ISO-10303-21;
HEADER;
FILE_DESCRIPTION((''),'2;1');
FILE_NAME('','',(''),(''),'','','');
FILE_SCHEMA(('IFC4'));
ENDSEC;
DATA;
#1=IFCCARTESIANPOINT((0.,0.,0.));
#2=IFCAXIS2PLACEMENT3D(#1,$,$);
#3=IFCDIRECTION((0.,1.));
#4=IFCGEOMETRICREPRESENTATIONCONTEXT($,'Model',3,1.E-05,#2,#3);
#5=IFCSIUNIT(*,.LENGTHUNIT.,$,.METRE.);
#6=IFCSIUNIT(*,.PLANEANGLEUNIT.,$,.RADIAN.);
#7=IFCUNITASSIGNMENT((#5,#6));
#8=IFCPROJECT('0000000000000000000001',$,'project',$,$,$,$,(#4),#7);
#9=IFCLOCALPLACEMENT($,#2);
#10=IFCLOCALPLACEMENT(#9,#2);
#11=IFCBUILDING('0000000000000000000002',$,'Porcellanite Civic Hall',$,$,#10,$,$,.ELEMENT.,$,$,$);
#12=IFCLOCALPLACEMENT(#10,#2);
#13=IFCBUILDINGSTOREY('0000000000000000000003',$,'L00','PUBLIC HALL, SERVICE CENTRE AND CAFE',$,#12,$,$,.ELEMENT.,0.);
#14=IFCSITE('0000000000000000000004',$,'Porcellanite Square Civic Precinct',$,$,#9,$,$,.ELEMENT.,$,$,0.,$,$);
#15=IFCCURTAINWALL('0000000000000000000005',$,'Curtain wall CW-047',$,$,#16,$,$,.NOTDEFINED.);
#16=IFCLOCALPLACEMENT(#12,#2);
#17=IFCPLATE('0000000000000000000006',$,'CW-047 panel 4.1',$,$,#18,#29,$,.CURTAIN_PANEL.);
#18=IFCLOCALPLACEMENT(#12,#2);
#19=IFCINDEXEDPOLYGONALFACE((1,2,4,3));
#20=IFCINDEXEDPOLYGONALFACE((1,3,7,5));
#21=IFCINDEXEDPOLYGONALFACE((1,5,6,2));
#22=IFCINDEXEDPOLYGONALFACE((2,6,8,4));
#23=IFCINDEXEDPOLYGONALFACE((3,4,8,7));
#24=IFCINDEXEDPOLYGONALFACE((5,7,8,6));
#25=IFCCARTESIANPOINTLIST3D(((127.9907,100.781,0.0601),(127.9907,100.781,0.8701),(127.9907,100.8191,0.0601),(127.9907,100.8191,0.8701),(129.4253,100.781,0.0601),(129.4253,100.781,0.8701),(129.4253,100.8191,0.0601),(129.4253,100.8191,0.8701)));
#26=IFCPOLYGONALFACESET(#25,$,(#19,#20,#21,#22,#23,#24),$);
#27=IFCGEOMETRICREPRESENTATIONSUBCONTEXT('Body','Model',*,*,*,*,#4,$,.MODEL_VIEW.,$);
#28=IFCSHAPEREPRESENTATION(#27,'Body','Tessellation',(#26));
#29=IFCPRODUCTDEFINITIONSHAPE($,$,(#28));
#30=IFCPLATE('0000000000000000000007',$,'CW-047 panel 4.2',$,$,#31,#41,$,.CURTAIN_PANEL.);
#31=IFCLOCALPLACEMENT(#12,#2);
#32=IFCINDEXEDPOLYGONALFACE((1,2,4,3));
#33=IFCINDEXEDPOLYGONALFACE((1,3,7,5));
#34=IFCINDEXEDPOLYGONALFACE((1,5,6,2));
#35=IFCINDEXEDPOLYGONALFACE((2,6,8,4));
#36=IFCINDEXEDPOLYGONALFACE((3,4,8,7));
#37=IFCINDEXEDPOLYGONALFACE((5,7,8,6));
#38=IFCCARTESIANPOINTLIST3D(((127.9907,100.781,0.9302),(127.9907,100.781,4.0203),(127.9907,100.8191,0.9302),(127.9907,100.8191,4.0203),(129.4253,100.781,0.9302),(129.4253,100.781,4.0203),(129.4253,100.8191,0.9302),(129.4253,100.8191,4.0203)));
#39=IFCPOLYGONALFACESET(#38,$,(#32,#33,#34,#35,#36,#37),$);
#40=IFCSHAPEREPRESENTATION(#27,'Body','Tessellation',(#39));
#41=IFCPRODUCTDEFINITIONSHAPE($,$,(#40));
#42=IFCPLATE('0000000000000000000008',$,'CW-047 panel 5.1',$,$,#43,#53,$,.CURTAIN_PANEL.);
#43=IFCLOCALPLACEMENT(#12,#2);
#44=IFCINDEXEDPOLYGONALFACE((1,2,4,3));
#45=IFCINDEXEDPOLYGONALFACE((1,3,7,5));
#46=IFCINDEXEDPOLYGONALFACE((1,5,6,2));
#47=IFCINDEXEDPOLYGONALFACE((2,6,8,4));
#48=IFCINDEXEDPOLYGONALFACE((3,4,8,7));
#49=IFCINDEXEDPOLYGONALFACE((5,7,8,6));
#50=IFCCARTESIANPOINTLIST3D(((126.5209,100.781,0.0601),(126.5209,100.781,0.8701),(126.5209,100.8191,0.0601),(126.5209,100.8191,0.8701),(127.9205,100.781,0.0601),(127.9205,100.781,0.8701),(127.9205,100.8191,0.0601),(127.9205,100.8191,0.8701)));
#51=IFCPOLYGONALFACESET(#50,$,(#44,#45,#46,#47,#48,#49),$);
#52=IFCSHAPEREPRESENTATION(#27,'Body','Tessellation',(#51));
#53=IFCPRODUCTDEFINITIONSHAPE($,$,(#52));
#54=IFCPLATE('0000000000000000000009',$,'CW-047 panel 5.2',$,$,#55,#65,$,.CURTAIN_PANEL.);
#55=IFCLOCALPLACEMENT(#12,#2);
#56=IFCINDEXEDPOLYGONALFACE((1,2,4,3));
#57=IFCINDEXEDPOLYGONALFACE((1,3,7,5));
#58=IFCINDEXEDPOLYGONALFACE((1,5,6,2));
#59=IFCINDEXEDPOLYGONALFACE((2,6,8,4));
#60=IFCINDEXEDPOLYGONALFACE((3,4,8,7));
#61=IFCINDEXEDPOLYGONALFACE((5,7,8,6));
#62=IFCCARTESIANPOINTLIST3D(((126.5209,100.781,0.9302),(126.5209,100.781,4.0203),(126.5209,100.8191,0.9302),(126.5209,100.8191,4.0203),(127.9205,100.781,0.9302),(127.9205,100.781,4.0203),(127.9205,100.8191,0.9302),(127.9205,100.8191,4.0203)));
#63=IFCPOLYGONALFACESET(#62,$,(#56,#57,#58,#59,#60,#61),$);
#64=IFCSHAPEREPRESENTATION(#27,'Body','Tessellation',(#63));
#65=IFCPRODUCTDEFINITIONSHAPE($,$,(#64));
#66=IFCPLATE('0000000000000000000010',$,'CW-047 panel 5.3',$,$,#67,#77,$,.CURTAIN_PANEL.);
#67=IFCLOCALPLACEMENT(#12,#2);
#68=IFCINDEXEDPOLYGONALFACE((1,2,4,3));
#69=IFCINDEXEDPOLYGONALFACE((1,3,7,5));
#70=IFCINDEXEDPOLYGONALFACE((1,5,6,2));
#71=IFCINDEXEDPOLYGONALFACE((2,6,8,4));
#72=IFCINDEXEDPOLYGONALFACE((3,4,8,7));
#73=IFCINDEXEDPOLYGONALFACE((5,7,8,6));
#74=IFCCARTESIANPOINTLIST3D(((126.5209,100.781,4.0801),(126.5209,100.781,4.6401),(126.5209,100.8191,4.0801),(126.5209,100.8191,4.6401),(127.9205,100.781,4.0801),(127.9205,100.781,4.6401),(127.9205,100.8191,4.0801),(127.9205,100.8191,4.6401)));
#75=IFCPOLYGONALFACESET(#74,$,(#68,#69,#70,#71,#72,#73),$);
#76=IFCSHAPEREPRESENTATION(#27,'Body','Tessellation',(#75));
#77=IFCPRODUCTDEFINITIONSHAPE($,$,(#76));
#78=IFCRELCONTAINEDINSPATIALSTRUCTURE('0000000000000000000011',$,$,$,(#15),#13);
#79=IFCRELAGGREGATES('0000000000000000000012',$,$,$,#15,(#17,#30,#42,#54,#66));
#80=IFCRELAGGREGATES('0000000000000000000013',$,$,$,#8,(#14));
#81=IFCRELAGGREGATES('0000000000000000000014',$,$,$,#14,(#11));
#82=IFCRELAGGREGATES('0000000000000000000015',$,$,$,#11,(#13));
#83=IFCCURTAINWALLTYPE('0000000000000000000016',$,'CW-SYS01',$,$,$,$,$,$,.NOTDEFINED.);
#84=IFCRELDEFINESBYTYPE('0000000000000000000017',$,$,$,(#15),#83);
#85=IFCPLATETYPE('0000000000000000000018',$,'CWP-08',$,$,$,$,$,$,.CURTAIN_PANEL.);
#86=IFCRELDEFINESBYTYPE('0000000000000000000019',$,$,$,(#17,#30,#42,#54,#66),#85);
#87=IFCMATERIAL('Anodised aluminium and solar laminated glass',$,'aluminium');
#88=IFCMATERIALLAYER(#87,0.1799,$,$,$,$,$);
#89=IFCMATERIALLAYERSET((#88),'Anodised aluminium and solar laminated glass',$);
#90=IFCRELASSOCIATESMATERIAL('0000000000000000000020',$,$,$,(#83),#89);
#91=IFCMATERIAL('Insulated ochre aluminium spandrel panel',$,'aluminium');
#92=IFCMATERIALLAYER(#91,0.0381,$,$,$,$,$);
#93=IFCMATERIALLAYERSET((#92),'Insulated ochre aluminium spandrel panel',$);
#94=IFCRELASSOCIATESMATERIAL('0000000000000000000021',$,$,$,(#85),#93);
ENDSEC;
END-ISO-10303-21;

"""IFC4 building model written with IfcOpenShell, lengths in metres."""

from ifc_helpers import new_model, si_unit, direction, frame, origin, origin_2d, place, context, subcontext, project, spatial, rectangle, extrude, material, layer, layer_set, type_object, element, aggregate, save


model = new_model("IFC4")

# Units and contexts
model_context = context("Model", 3, precision=1e-05, world=origin(), true_north=direction((0.0, 1.0)))
body_context = subcontext(model_context, "Body", "Model", "MODEL_VIEW")
ifc_project = project(units=[si_unit("LENGTHUNIT", "METRE"), si_unit("PLANEANGLEUNIT", "RADIAN")], contexts=[model_context])

# Site, building, storey
site_placement = place(None, origin())
site = spatial("IfcSite", under=ifc_project, at=site_placement, Name="Porcellanite Square Civic Precinct", CompositionType="ELEMENT", RefElevation=0.0)
building_placement = place(site_placement, origin())
building = spatial("IfcBuilding", under=site, at=building_placement, Name="Porcellanite Civic Hall", CompositionType="ELEMENT")
storey_placement = place(building_placement, origin())
storey = spatial("IfcBuildingStorey", under=building, at=storey_placement, Name="L00", Description="PUBLIC HALL, SERVICE CENTRE AND CAFE", CompositionType="ELEMENT", Elevation=0.0)

# Curtain wall
ifc_material_1 = material(Name="Anodised aluminium and solar laminated glass", Category="aluminium")
ifc_layer_1 = layer(ifc_material_1, 0.1799)
ifc_layer_set_1 = layer_set([ifc_layer_1], Name="Anodised aluminium and solar laminated glass")
curtain_wall_type_1 = type_object("IfcCurtainWallType", Name="CW-SYS01", PredefinedType="NOTDEFINED", material=ifc_layer_set_1)
curtain_wall_1_placement = place(storey_placement, origin())
curtain_wall_1 = element("IfcCurtainWall", 1, at=curtain_wall_1_placement, inside=storey, type_object=curtain_wall_type_1, Name="Curtain wall CW-047", PredefinedType="NOTDEFINED")

# Plates
ifc_material_2 = material(Name="Insulated ochre aluminium spandrel panel", Category="aluminium")
ifc_layer_2 = layer(ifc_material_2, 0.0381)
ifc_layer_set_2 = layer_set([ifc_layer_2], Name="Insulated ochre aluminium spandrel panel")
plate_type_1 = type_object("IfcPlateType", Name="CWP-08", PredefinedType="CURTAIN_PANEL", material=ifc_layer_set_2)
plate_1_placement = place(storey_placement, frame((128.708, 100.8, 0.0601), z_axis=(0.0, 0.0, 1.0), x_axis=(-1.0, 0.0, 0.0)))
plate_1 = element("IfcPlate", 2, at=plate_1_placement, type_object=plate_type_1, Name="CW-047 panel 4.1", PredefinedType="CURTAIN_PANEL", context=body_context, shape_type="SweptSolid", body=[
    extrude(rectangle(XDim=1.4346, YDim=0.0381, at=origin_2d()), origin(), (0.0, 0.0, 1.0), 0.8101),
])
plate_2_placement = place(storey_placement, frame((128.708, 100.8, 0.9302), z_axis=(0.0, 0.0, 1.0), x_axis=(-1.0, 0.0, 0.0)))
plate_2 = element("IfcPlate", 3, at=plate_2_placement, type_object=plate_type_1, Name="CW-047 panel 4.2", PredefinedType="CURTAIN_PANEL", context=body_context, shape_type="SweptSolid", body=[
    extrude(rectangle(XDim=1.4346, YDim=0.0381, at=origin_2d()), origin(), (0.0, 0.0, 1.0), 3.0901),
])
plate_3_placement = place(storey_placement, frame((127.2207, 100.8, 0.0601), z_axis=(0.0, 0.0, 1.0), x_axis=(-1.0, 0.0, 0.0)))
plate_3 = element("IfcPlate", 4, at=plate_3_placement, type_object=plate_type_1, Name="CW-047 panel 5.1", PredefinedType="CURTAIN_PANEL", context=body_context, shape_type="SweptSolid", body=[
    extrude(rectangle(XDim=1.3997, YDim=0.0381, at=origin_2d()), origin(), (0.0, 0.0, 1.0), 0.8101),
])
plate_4_placement = place(storey_placement, frame((127.2207, 100.8, 0.9302), z_axis=(0.0, 0.0, 1.0), x_axis=(-1.0, 0.0, 0.0)))
plate_4 = element("IfcPlate", 5, at=plate_4_placement, type_object=plate_type_1, Name="CW-047 panel 5.2", PredefinedType="CURTAIN_PANEL", context=body_context, shape_type="SweptSolid", body=[
    extrude(rectangle(XDim=1.3997, YDim=0.0381, at=origin_2d()), origin(), (0.0, 0.0, 1.0), 3.0901),
])
plate_5_placement = place(storey_placement, frame((127.2207, 100.8, 4.0801), z_axis=(0.0, 0.0, 1.0), x_axis=(-1.0, 0.0, 0.0)))
plate_5 = element("IfcPlate", 6, at=plate_5_placement, type_object=plate_type_1, Name="CW-047 panel 5.3", PredefinedType="CURTAIN_PANEL", context=body_context, shape_type="SweptSolid", body=[
    extrude(rectangle(XDim=1.3997, YDim=0.0381, at=origin_2d()), origin(), (0.0, 0.0, 1.0), 0.5601),
])
aggregate(curtain_wall_1, [plate_1, plate_2, plate_3, plate_4, plate_5])

save(model, "model.ifc")
